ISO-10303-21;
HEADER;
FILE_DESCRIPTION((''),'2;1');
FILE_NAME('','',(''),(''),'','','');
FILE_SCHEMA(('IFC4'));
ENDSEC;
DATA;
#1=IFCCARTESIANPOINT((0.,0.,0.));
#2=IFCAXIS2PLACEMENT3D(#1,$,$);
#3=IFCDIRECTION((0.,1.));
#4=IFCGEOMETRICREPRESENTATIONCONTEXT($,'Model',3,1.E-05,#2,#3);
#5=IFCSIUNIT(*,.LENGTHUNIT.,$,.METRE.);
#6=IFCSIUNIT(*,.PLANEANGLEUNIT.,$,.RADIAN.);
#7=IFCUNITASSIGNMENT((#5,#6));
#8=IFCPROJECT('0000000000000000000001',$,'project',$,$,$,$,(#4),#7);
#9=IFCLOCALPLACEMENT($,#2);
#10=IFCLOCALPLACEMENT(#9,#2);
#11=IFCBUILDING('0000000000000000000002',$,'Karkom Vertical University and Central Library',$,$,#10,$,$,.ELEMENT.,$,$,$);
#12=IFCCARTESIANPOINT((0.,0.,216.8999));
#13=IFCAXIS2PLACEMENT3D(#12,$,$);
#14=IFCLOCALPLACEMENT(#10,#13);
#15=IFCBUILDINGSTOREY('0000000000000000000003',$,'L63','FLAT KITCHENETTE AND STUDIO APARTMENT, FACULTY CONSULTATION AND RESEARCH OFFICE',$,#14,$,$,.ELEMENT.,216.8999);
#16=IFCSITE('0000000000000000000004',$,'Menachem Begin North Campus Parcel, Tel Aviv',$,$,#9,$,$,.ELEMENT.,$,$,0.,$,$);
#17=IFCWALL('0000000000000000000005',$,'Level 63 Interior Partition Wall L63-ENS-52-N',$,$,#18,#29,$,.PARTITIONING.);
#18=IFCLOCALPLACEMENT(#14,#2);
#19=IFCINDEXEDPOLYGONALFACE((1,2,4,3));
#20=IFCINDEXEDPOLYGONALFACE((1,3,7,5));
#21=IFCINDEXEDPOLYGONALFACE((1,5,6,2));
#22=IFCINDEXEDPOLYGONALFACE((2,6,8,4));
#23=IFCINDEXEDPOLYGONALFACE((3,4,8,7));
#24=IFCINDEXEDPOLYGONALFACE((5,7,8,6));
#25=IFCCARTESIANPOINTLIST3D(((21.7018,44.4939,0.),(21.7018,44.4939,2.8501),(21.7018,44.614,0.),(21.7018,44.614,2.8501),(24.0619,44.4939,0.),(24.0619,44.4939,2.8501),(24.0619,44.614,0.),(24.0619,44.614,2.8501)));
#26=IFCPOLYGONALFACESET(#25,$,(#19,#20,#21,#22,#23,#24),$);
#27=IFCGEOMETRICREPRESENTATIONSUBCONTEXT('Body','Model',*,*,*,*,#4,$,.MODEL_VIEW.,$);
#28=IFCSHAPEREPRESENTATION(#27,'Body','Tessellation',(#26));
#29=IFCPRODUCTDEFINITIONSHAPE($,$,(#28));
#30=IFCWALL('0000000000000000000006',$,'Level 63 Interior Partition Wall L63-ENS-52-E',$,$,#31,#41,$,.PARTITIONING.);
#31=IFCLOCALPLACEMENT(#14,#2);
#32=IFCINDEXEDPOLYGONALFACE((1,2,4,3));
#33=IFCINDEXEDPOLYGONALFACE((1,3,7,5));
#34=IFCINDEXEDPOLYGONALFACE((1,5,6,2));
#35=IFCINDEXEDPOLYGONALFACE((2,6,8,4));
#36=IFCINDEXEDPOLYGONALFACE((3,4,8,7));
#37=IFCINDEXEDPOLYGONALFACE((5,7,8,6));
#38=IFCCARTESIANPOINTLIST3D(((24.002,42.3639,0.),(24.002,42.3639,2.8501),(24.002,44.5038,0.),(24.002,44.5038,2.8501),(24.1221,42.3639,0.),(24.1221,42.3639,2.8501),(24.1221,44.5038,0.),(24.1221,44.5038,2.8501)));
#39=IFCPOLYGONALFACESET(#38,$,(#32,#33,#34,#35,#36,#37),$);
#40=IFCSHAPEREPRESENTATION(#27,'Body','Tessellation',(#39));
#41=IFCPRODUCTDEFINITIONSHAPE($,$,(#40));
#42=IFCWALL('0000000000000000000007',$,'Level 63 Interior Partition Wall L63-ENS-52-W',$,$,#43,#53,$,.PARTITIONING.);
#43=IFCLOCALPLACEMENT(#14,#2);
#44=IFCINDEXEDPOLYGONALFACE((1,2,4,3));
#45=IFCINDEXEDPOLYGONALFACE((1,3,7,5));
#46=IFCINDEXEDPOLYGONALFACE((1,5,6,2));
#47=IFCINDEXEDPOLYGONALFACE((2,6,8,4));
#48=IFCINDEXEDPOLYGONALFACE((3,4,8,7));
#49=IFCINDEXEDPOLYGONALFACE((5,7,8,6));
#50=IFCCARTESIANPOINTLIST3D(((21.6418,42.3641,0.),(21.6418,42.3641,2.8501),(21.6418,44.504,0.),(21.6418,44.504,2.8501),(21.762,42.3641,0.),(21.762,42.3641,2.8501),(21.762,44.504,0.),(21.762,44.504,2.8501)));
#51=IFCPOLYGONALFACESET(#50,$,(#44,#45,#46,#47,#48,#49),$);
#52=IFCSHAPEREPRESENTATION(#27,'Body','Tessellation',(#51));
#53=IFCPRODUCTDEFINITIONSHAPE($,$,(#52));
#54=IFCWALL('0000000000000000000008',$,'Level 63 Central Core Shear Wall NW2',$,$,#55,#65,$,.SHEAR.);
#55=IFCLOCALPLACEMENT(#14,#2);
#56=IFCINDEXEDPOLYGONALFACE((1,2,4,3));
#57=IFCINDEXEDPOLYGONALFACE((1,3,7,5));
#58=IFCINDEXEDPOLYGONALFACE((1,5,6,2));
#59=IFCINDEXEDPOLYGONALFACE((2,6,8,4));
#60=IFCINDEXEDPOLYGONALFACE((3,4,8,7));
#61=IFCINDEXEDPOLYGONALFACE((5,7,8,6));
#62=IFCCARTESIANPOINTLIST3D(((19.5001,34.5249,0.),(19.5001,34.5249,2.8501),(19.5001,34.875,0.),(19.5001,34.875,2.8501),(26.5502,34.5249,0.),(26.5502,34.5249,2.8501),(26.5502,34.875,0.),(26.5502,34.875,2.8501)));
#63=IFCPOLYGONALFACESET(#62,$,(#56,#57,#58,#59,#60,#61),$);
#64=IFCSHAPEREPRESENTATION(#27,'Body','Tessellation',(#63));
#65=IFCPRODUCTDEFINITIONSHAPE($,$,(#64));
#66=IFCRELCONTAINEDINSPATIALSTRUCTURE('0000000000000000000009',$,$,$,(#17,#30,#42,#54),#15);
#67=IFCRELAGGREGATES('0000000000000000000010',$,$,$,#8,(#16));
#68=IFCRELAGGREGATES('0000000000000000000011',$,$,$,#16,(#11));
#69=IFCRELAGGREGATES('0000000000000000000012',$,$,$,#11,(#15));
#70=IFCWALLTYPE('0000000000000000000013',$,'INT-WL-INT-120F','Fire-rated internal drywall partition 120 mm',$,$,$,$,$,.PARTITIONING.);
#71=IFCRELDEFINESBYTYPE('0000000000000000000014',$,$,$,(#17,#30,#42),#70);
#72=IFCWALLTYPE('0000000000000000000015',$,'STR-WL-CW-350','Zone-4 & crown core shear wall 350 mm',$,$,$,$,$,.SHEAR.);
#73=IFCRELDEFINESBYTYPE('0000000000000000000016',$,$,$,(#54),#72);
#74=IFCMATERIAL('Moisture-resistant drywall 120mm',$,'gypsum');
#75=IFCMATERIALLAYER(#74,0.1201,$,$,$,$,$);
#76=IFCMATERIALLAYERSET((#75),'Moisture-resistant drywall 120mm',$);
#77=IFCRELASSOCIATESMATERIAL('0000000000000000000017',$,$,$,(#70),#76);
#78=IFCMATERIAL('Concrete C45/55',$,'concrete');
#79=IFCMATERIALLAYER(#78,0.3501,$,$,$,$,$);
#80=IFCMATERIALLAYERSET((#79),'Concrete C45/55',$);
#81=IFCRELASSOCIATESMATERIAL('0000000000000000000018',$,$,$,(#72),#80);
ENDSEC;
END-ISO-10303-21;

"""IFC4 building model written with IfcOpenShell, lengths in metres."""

from ifc_helpers import new_model, si_unit, direction, frame, frame_2d, origin, place, context, subcontext, project, spatial, rectangle, extrude, material, layer, layer_set, type_object, element, save


model = new_model("IFC4")

# Units and contexts
model_context = context("Model", 3, precision=1e-05, world=origin(), true_north=direction((0.0, 1.0)))
body_context = subcontext(model_context, "Body", "Model", "MODEL_VIEW")
ifc_project = project(units=[si_unit("LENGTHUNIT", "METRE"), si_unit("PLANEANGLEUNIT", "RADIAN")], contexts=[model_context])

# Site, building, storey
site_placement = place(None, origin())
site = spatial("IfcSite", under=ifc_project, at=site_placement, Name="Menachem Begin North Campus Parcel, Tel Aviv", CompositionType="ELEMENT", RefElevation=0.0)
building_placement = place(site_placement, origin())
building = spatial("IfcBuilding", under=site, at=building_placement, Name="Karkom Vertical University and Central Library", CompositionType="ELEMENT")
storey_placement = place(building_placement, frame((0.0, 0.0, 216.8999)))
storey = spatial("IfcBuildingStorey", under=building, at=storey_placement, Name="L63", Description="FLAT KITCHENETTE AND STUDIO APARTMENT, FACULTY CONSULTATION AND RESEARCH OFFICE", CompositionType="ELEMENT", Elevation=216.8999)

# Shared definitions
ifc_material_1 = material(Name="Concrete C45/55", Category="concrete")

# Shared definitions
ifc_material_2 = material(Name="Moisture-resistant drywall 120mm", Category="gypsum")
ifc_layer_1 = layer(ifc_material_2, 0.1201)
ifc_layer_set_1 = layer_set([ifc_layer_1], Name="Moisture-resistant drywall 120mm")
wall_type_1 = type_object("IfcWallType", Name="INT-WL-INT-120F", Description="Fire-rated internal drywall partition 120 mm", PredefinedType="PARTITIONING", material=ifc_layer_set_1)

# Walls
wall_1_placement = place(storey_placement, frame((24.062, 44.554, 0.0), z_axis=(0.0, 0.0, 1.0), x_axis=(-1.0, 0.0, 0.0)))
element("IfcWall", 1, at=wall_1_placement, inside=storey, type_object=wall_type_1, Name="Level 63 Interior Partition Wall L63-ENS-52-N", PredefinedType="PARTITIONING", context=body_context, shape_type="SweptSolid", body=[
    extrude(rectangle(XDim=2.3601, YDim=0.1201, at=frame_2d((1.1802, 0.0))), origin(), (0.0, 0.0, 1.0), 2.8501),
])
for number, where, z_axis, x_axis, name in (
    (2, (24.062, 42.364, 0.0), (0.0, 0.0, 1.0), (0.0, 1.0, 0.0), "Level 63 Interior Partition Wall L63-ENS-52-E"),
    (3, (21.7019, 44.5039, 0.0), (0.0, 0.0, 1.0), (0.0, -1.0, 0.0), "Level 63 Interior Partition Wall L63-ENS-52-W"),
):
    element("IfcWall", number, at=place(storey_placement, frame(where, z_axis=z_axis, x_axis=x_axis)), inside=storey, type_object=wall_type_1, Name=name, PredefinedType="PARTITIONING", context=body_context, shape_type="SweptSolid", body=[
        extrude(rectangle(XDim=2.1399, YDim=0.1201, at=frame_2d((1.0698, 0.0))), origin(), (0.0, 0.0, 1.0), 2.8501),
    ])
ifc_layer_2 = layer(ifc_material_1, 0.3501)
ifc_layer_set_2 = layer_set([ifc_layer_2], Name="Concrete C45/55")
wall_type_2 = type_object("IfcWallType", Name="STR-WL-CW-350", Description="Zone-4 & crown core shear wall 350 mm", PredefinedType="SHEAR", material=ifc_layer_set_2)
wall_2_placement = place(storey_placement, frame((26.55, 34.7, 0.0), z_axis=(0.0, 0.0, 1.0), x_axis=(-1.0, 0.0, 0.0)))
element("IfcWall", 4, at=wall_2_placement, inside=storey, type_object=wall_type_2, Name="Level 63 Central Core Shear Wall NW2", PredefinedType="SHEAR", context=body_context, shape_type="SweptSolid", body=[
    extrude(rectangle(XDim=7.05, YDim=0.3501, at=frame_2d((3.5249, 0.0))), origin(), (0.0, 0.0, 1.0), 2.8501),
])

save(model, "model.ifc")
